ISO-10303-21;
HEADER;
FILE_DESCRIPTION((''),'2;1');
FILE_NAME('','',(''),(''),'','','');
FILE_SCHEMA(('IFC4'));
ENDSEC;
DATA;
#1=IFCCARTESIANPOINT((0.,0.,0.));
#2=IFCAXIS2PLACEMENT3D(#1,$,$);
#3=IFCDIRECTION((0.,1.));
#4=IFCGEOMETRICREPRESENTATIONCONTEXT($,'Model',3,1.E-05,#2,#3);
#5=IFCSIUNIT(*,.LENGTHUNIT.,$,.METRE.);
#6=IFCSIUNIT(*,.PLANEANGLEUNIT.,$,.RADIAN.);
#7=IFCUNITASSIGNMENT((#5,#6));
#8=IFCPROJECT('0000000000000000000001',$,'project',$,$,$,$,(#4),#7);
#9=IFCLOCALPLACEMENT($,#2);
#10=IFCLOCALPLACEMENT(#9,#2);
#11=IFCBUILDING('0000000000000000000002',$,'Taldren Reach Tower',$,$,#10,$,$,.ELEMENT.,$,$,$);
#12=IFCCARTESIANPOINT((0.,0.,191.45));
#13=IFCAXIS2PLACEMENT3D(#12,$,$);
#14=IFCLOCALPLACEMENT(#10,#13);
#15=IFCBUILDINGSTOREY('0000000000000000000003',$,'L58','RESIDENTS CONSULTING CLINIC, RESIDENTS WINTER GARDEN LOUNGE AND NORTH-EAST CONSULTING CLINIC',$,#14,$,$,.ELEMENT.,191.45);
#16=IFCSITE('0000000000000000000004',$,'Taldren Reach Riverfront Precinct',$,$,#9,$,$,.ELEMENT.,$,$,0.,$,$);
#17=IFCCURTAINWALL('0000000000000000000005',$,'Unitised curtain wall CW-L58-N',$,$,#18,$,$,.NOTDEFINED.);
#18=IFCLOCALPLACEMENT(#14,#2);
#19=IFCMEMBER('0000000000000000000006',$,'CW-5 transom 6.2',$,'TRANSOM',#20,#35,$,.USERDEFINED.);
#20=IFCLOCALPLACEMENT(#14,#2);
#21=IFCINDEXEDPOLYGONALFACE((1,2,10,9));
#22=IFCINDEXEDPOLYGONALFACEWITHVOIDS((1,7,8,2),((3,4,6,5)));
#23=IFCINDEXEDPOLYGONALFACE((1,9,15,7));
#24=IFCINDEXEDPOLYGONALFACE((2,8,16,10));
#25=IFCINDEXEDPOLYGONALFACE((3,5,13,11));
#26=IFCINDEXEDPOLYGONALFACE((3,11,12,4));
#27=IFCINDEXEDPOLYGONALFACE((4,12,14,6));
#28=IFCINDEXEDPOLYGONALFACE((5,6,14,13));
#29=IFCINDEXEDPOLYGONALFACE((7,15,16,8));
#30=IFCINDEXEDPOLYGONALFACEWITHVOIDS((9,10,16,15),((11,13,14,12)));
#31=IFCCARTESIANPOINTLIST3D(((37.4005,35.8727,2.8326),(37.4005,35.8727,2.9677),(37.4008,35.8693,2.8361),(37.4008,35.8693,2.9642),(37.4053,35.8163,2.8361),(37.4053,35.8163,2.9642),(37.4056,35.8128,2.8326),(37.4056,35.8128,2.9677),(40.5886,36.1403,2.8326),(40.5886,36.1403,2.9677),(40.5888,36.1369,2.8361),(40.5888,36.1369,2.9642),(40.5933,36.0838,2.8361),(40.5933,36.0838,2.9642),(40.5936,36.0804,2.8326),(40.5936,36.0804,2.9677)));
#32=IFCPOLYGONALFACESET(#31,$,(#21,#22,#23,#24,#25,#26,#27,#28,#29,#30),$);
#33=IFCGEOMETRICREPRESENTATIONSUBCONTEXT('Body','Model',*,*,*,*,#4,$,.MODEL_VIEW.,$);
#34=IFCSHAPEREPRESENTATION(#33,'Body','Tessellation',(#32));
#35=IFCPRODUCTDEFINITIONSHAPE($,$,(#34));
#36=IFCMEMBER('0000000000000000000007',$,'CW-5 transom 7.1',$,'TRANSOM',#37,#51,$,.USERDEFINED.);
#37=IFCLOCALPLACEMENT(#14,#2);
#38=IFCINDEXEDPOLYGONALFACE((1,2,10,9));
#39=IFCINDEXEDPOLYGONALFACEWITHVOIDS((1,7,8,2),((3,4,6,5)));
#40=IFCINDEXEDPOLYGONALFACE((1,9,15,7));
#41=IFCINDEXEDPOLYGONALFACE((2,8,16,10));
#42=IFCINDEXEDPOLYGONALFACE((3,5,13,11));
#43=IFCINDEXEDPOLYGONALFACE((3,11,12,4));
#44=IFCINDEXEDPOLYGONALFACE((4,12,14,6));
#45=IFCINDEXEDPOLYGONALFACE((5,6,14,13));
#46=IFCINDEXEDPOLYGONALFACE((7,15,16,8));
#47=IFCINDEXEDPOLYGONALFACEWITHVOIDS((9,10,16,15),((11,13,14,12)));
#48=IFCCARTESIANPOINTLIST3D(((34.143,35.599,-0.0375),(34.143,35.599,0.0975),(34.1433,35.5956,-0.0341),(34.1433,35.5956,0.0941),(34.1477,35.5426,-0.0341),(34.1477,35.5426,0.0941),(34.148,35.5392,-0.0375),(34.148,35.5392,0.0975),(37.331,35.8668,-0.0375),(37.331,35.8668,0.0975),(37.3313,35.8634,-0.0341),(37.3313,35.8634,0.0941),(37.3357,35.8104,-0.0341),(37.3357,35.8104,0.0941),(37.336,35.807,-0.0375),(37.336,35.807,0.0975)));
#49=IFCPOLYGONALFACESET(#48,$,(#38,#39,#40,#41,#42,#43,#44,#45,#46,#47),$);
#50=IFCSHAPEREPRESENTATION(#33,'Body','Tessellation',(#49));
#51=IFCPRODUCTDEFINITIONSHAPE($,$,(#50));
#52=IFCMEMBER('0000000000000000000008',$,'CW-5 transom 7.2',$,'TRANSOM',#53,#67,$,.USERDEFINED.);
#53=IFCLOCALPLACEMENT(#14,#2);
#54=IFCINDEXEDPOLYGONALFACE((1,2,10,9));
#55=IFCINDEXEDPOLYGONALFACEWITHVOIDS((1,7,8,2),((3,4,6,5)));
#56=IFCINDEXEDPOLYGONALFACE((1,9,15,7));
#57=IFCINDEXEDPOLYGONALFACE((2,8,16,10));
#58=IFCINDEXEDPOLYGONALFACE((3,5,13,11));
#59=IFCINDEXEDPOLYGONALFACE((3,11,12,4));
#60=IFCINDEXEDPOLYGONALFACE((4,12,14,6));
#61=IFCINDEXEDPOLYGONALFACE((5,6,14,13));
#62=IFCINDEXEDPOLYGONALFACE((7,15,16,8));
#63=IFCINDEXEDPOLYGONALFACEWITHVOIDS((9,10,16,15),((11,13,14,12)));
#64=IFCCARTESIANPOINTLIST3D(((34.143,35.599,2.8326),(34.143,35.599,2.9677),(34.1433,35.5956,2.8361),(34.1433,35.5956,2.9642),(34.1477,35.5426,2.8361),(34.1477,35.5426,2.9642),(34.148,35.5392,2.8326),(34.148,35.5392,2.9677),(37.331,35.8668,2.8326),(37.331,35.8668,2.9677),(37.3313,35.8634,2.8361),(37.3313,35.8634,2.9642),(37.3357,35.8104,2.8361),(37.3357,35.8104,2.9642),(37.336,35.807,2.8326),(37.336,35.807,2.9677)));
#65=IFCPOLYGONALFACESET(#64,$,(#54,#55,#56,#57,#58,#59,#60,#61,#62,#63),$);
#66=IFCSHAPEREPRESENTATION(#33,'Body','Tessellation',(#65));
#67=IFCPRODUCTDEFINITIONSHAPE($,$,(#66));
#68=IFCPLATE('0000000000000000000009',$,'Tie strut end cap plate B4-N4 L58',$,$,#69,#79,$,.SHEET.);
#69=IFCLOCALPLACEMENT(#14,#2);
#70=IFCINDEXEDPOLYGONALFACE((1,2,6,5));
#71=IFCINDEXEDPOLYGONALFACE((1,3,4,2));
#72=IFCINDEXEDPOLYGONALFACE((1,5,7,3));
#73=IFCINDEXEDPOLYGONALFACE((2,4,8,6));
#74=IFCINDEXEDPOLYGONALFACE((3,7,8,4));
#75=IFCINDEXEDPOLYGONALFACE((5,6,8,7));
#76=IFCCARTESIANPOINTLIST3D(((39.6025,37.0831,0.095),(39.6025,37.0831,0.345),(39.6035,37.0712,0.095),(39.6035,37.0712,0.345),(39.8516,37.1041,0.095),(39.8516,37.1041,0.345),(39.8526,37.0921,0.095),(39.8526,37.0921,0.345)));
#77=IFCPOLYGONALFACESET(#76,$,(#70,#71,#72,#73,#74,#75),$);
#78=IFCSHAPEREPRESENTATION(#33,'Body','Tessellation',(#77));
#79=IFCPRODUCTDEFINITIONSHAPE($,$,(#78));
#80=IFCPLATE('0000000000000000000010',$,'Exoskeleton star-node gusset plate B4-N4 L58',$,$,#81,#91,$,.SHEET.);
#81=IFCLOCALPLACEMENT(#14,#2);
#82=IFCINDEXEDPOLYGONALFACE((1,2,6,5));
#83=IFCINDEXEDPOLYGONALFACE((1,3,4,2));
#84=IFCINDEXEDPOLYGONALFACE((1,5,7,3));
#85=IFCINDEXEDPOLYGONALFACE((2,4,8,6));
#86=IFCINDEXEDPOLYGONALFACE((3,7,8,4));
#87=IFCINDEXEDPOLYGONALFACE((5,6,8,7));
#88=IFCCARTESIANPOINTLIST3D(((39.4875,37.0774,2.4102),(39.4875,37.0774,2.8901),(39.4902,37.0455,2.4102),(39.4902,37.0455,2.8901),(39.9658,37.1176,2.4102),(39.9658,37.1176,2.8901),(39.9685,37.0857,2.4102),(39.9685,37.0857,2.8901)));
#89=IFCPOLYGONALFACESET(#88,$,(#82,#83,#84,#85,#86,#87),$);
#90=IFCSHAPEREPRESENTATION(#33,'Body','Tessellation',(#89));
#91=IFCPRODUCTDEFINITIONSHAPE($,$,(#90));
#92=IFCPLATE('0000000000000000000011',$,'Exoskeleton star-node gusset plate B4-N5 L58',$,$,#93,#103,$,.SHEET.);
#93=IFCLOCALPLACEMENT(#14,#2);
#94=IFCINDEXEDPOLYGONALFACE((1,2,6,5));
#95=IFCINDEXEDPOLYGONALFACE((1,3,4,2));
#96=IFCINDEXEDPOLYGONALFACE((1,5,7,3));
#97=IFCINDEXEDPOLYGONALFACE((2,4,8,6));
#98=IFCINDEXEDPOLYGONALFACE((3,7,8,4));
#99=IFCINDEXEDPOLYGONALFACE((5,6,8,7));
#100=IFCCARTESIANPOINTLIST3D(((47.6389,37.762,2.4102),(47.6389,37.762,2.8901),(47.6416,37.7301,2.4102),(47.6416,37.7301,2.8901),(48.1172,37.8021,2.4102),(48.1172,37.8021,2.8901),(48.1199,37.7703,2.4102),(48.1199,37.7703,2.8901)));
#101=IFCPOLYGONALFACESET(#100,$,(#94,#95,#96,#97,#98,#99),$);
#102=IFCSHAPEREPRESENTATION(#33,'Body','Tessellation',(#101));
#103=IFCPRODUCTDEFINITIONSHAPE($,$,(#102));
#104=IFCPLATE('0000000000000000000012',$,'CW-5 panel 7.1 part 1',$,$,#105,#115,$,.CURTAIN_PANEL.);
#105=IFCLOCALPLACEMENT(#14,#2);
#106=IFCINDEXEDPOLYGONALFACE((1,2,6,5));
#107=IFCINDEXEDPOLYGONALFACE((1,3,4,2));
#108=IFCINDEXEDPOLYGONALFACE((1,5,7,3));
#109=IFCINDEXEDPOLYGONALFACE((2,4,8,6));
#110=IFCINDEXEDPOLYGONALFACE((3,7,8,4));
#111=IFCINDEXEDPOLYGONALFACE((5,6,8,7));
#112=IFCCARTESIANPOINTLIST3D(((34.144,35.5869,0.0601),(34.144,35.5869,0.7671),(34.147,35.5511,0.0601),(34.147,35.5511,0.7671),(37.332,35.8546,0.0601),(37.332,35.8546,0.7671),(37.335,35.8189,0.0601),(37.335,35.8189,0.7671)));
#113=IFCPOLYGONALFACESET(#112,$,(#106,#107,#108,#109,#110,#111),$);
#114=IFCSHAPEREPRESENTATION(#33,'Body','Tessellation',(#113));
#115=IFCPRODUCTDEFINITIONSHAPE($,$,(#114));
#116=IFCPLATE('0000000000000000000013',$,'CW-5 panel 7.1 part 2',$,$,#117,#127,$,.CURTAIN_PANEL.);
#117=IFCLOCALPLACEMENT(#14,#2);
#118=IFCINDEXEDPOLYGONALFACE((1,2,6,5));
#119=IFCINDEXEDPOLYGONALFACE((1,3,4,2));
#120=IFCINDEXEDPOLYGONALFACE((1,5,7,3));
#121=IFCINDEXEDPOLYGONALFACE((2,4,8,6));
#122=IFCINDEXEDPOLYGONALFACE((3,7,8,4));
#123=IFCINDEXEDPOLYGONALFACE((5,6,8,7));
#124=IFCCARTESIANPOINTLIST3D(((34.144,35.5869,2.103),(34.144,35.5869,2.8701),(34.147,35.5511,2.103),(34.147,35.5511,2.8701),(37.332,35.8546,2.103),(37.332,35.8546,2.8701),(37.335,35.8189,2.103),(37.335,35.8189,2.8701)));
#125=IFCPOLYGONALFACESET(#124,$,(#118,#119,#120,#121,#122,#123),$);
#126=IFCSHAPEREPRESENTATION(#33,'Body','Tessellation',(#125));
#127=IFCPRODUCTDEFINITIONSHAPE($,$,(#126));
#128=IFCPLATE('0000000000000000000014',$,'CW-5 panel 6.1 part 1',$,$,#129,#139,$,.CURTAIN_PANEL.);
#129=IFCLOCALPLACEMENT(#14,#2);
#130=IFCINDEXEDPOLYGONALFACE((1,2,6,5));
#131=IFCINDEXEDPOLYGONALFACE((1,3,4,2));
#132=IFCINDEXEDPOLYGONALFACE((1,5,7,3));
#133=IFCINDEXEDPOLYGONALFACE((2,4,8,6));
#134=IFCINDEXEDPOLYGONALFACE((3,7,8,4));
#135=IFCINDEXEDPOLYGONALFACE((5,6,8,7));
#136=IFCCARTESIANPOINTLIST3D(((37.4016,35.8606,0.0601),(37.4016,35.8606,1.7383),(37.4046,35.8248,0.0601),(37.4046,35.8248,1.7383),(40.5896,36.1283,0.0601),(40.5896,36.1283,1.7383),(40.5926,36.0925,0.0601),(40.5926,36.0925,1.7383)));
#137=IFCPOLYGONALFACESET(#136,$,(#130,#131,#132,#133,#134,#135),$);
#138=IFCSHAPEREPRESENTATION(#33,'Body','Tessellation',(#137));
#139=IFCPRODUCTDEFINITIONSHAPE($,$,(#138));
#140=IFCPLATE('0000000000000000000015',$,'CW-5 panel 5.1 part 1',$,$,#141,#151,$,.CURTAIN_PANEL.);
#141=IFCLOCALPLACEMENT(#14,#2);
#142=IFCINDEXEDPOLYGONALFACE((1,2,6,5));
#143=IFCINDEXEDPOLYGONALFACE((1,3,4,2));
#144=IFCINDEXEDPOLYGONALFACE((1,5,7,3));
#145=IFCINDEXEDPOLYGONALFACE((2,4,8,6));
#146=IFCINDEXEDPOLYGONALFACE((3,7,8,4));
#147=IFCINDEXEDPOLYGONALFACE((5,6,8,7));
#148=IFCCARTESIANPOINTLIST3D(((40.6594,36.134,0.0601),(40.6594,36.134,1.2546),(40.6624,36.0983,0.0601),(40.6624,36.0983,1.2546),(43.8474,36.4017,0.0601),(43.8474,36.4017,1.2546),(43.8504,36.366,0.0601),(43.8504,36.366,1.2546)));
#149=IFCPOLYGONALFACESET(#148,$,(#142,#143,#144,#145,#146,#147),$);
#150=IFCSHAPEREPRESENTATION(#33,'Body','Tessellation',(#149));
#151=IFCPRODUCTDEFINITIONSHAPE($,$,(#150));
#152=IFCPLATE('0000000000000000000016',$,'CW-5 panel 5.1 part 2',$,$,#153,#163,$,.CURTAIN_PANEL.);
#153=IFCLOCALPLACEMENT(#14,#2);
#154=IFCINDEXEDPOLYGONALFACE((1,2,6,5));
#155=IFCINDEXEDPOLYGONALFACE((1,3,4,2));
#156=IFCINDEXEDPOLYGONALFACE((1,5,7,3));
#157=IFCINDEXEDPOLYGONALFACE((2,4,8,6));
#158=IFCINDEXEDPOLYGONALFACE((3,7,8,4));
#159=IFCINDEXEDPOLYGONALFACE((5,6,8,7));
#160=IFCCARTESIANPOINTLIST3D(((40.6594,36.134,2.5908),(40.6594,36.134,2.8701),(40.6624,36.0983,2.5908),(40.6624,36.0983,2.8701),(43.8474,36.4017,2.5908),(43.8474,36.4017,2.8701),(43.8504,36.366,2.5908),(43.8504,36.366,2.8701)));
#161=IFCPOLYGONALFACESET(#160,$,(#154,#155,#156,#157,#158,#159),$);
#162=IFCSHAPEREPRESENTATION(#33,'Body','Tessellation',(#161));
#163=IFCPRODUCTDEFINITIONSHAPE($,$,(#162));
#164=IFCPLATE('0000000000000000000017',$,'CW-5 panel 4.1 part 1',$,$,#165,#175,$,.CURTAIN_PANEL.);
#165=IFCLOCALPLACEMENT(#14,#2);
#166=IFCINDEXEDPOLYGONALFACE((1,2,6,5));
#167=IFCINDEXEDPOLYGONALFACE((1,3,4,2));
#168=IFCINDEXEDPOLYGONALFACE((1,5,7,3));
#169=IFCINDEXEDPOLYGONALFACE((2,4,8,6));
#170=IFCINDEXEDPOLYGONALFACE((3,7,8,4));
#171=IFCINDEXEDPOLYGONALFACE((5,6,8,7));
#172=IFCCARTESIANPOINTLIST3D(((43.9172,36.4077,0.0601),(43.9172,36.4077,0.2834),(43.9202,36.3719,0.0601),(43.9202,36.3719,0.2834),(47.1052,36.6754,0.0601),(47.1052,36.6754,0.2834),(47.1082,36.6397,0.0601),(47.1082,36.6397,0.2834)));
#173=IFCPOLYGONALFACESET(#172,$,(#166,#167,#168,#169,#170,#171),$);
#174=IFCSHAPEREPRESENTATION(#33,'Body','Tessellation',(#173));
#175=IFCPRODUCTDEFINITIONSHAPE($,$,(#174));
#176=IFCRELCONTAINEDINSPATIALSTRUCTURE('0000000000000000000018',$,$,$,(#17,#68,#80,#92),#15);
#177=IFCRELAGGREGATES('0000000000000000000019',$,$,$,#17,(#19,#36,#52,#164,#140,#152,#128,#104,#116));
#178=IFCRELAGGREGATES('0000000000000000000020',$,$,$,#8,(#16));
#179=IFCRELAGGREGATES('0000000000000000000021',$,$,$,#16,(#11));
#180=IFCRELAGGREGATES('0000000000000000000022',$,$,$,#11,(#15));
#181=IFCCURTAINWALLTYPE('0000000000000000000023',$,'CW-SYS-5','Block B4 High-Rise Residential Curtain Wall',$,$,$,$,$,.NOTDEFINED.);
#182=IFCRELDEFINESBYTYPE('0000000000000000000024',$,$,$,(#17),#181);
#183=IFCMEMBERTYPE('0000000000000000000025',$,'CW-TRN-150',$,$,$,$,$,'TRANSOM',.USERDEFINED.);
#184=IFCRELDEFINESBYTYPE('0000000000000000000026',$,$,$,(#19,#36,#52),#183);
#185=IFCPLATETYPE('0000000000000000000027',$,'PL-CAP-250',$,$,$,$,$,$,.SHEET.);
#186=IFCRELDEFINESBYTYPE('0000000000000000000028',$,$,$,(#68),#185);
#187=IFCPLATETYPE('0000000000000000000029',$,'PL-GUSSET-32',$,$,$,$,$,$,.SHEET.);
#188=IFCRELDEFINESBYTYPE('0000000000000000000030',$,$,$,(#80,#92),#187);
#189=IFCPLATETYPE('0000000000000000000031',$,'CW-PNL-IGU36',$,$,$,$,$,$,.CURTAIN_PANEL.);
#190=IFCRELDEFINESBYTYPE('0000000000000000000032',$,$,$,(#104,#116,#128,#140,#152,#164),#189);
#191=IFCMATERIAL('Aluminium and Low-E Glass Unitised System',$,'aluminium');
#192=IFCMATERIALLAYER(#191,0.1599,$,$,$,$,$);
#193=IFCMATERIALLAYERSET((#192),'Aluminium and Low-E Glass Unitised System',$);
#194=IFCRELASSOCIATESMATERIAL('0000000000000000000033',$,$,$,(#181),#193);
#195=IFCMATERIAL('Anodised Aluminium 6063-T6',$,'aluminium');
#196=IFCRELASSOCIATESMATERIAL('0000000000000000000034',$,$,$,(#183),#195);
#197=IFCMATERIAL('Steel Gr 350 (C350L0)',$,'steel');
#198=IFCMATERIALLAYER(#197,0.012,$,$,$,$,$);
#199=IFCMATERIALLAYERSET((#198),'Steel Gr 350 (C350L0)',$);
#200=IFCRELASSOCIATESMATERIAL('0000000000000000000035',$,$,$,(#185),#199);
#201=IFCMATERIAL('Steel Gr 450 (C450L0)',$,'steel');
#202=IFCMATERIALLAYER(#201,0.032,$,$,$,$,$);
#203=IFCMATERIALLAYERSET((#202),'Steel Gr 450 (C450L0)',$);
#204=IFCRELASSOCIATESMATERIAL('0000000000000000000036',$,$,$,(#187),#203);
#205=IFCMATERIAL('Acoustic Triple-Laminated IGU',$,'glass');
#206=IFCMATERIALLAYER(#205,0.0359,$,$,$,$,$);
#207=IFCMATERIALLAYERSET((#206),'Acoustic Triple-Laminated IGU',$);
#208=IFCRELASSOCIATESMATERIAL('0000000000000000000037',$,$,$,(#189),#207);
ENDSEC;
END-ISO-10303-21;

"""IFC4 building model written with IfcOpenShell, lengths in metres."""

from ifc_helpers import new_model, si_unit, direction, frame, origin, origin_2d, place, context, subcontext, project, spatial, rectangle, hollow_rectangle, extrude, source, transform, mapped, material, layer, layer_set, material_profile, profile_set, type_object, element, aggregate, save


model = new_model("IFC4")

# Units and contexts
model_context = context("Model", 3, precision=1e-05, world=origin(), true_north=direction((0.0, 1.0)))
body_context = subcontext(model_context, "Body", "Model", "MODEL_VIEW")
ifc_project = project(units=[si_unit("LENGTHUNIT", "METRE"), si_unit("PLANEANGLEUNIT", "RADIAN")], contexts=[model_context])

# Site, building, storey
site_placement = place(None, origin())
site = spatial("IfcSite", under=ifc_project, at=site_placement, Name="Taldren Reach Riverfront Precinct", CompositionType="ELEMENT", RefElevation=0.0)
building_placement = place(site_placement, origin())
building = spatial("IfcBuilding", under=site, at=building_placement, Name="Taldren Reach Tower", CompositionType="ELEMENT")
storey_placement = place(building_placement, frame((0.0, 0.0, 191.45)))
storey = spatial("IfcBuildingStorey", under=building, at=storey_placement, Name="L58", Description="RESIDENTS CONSULTING CLINIC, RESIDENTS WINTER GARDEN LOUNGE AND NORTH-EAST CONSULTING CLINIC", CompositionType="ELEMENT", Elevation=191.45)

# Shared definitions
ifc_material_1 = material(Name="Steel Gr 350 (C350L0)", Category="steel")

# Shared definitions
ifc_material_2 = material(Name="Steel Gr 450 (C450L0)", Category="steel")

# Curtain wall, members
ifc_material_3 = material(Name="Aluminium and Low-E Glass Unitised System", Category="aluminium")
ifc_layer_1 = layer(ifc_material_3, 0.1599)
ifc_layer_set_1 = layer_set([ifc_layer_1], Name="Aluminium and Low-E Glass Unitised System")
curtain_wall_type = type_object("IfcCurtainWallType", Name="CW-SYS-5", Description="Block B4 High-Rise Residential Curtain Wall", PredefinedType="NOTDEFINED", material=ifc_layer_set_1)
curtain_wall_placement = place(storey_placement, origin())
curtain_wall = element("IfcCurtainWall", 1, at=curtain_wall_placement, inside=storey, type_object=curtain_wall_type, Name="Unitised curtain wall CW-L58-N", PredefinedType="NOTDEFINED")
ifc_material_4 = material(Name="Anodised Aluminium 6063-T6", Category="aluminium")
ifc_material_profile_1 = material_profile(ifc_material_4, hollow_rectangle(XDim=0.0601, YDim=0.135, WallThickness=0.0034, at=origin_2d()), Name="ALU-135x60x3.5RHS")
ifc_profile_set_1 = profile_set([ifc_material_profile_1], Name="Anodised Aluminium 6063-T6")
member_type_1 = type_object("IfcMemberType", Name="CW-TRN-150", ElementType="TRANSOM", PredefinedType="USERDEFINED", material=ifc_profile_set_1)
shared_shape_1 = source(origin(), body_context, "Body", "SweptSolid", [
    extrude(hollow_rectangle(XDim=0.0601, YDim=0.135, WallThickness=0.0034, at=origin_2d()), origin(), (0.0, 0.0, 1.0), 3.1992),
])
member_1_placement = place(storey_placement, frame((40.5911, 36.1104, 2.9001), z_axis=(-0.996496, -0.083639, 0.0), x_axis=(0.083639, -0.996496, 0.0)))
member_1 = element("IfcMember", 2, at=member_1_placement, type_object=member_type_1, Name="CW-5 transom 6.2", ObjectType="TRANSOM", PredefinedType="USERDEFINED", context=body_context, shape_type="MappedRepresentation", body=[
    mapped(shared_shape_1, transform((0.0, 0.0, 0.0), scale=1.0)),
])
member_2_placement = place(storey_placement, frame((37.3335, 35.8369, 0.03), z_axis=(-0.99649, -0.083715, 0.0), x_axis=(0.083715, -0.99649, 0.0)))
member_2 = element("IfcMember", 3, at=member_2_placement, type_object=member_type_1, Name="CW-5 transom 7.1", ObjectType="TRANSOM", PredefinedType="USERDEFINED", context=body_context, shape_type="MappedRepresentation", body=[
    mapped(shared_shape_1, transform((0.0, 0.0, 0.0), scale=1.0)),
])
member_3_placement = place(storey_placement, frame((37.3335, 35.8369, 2.9001), z_axis=(-0.99649, -0.083715, 0.0), x_axis=(0.083715, -0.99649, 0.0)))
member_3 = element("IfcMember", 4, at=member_3_placement, type_object=member_type_1, Name="CW-5 transom 7.2", ObjectType="TRANSOM", PredefinedType="USERDEFINED", context=body_context, shape_type="MappedRepresentation", body=[
    mapped(shared_shape_1, transform((0.0, 0.0, 0.0), scale=1.0)),
])

# Plates
ifc_layer_2 = layer(ifc_material_1, 0.012)
ifc_layer_set_2 = layer_set([ifc_layer_2], Name="Steel Gr 350 (C350L0)")
plate_type_1 = type_object("IfcPlateType", Name="PL-CAP-250", PredefinedType="SHEET", material=ifc_layer_set_2)
shared_shape_2 = source(origin(), body_context, "Body", "SweptSolid", [
    extrude(rectangle(XDim=0.25, YDim=0.012, at=origin_2d()), origin(), (0.0, 0.0, 1.0), 0.25),
])
plate_1_placement = place(storey_placement, frame((39.7275, 37.0876, 0.095), z_axis=(0.0, 0.0, 1.0), x_axis=(0.996493, 0.083678, 0.0)))
element("IfcPlate", 5, at=plate_1_placement, inside=storey, type_object=plate_type_1, Name="Tie strut end cap plate B4-N4 L58", PredefinedType="SHEET", context=body_context, shape_type="MappedRepresentation", body=[
    mapped(shared_shape_2, transform((0.0, 0.0, 0.0), scale=1.0)),
])
ifc_layer_3 = layer(ifc_material_2, 0.032)
ifc_layer_set_3 = layer_set([ifc_layer_3], Name="Steel Gr 450 (C450L0)")
plate_type_2 = type_object("IfcPlateType", Name="PL-GUSSET-32", PredefinedType="SHEET", material=ifc_layer_set_3)
shared_shape_3 = source(origin(), body_context, "Body", "SweptSolid", [
    extrude(rectangle(XDim=0.48, YDim=0.032, at=origin_2d()), origin(), (0.0, 0.0, 1.0), 0.48),
])
for number, where, z_axis, x_axis, name in (
    (6, (39.728, 37.0815, 2.4102), (0.0, 0.0, 1.0), (0.996493, 0.083678, 0.0), "Exoskeleton star-node gusset plate B4-N4 L58"),
    (7, (47.8794, 37.7661, 2.4102), (0.0, 0.0, 1.0), (0.996493, 0.083678, 0.0), "Exoskeleton star-node gusset plate B4-N5 L58"),
):
    element("IfcPlate", number, at=place(storey_placement, frame(where, z_axis=z_axis, x_axis=x_axis)), inside=storey, type_object=plate_type_2, Name=name, PredefinedType="SHEET", context=body_context, shape_type="MappedRepresentation", body=[
        mapped(shared_shape_3, transform((0.0, 0.0, 0.0), scale=1.0)),
    ])

# Plates
ifc_material_5 = material(Name="Acoustic Triple-Laminated IGU", Category="glass")
ifc_layer_4 = layer(ifc_material_5, 0.0359)
ifc_layer_set_4 = layer_set([ifc_layer_4], Name="Acoustic Triple-Laminated IGU")
plate_type_3 = type_object("IfcPlateType", Name="CW-PNL-IGU36", PredefinedType="CURTAIN_PANEL", material=ifc_layer_set_4)
shared_shape_4 = source(origin(), body_context, "Body", "SweptSolid", [
    extrude(rectangle(XDim=3.1992, YDim=0.0359, at=origin_2d()), origin(), (0.0, 0.0, 1.0), 0.707),
])
plate_2_placement = place(storey_placement, frame((35.7395, 35.7029, 0.0601), z_axis=(0.0, 0.0, 1.0), x_axis=(-0.996493, -0.083678, 0.0)))
plate_2 = element("IfcPlate", 8, at=plate_2_placement, type_object=plate_type_3, Name="CW-5 panel 7.1 part 1", PredefinedType="CURTAIN_PANEL", context=body_context, shape_type="MappedRepresentation", body=[
    mapped(shared_shape_4, transform((0.0, 0.0, 0.0), scale=1.0)),
])
shared_shape_5 = source(origin(), body_context, "Body", "SweptSolid", [
    extrude(rectangle(XDim=3.1992, YDim=0.0359, at=origin_2d()), origin(), (0.0, 0.0, 1.0), 0.7671),
])
plate_3_placement = place(storey_placement, frame((35.7395, 35.7029, 2.103), z_axis=(0.0, 0.0, 1.0), x_axis=(-0.996493, -0.083678, 0.0)))
plate_3 = element("IfcPlate", 9, at=plate_3_placement, type_object=plate_type_3, Name="CW-5 panel 7.1 part 2", PredefinedType="CURTAIN_PANEL", context=body_context, shape_type="MappedRepresentation", body=[
    mapped(shared_shape_5, transform((0.0, 0.0, 0.0), scale=1.0)),
])
shared_shape_6 = source(origin(), body_context, "Body", "SweptSolid", [
    extrude(rectangle(XDim=3.1992, YDim=0.0359, at=origin_2d()), origin(), (0.0, 0.0, 1.0), 1.6782),
])
plate_4_placement = place(storey_placement, frame((38.9971, 35.9766, 0.0601), z_axis=(0.0, 0.0, 1.0), x_axis=(-0.996493, -0.083678, 0.0)))
plate_4 = element("IfcPlate", 10, at=plate_4_placement, type_object=plate_type_3, Name="CW-5 panel 6.1 part 1", PredefinedType="CURTAIN_PANEL", context=body_context, shape_type="MappedRepresentation", body=[
    mapped(shared_shape_6, transform((0.0, 0.0, 0.0), scale=1.0)),
])
shared_shape_7 = source(origin(), body_context, "Body", "SweptSolid", [
    extrude(rectangle(XDim=3.1992, YDim=0.0359, at=origin_2d()), origin(), (0.0, 0.0, 1.0), 1.1946),
])
plate_5_placement = place(storey_placement, frame((42.2549, 36.25, 0.0601), z_axis=(0.0, 0.0, 1.0), x_axis=(-0.996493, -0.083678, 0.0)))
plate_5 = element("IfcPlate", 11, at=plate_5_placement, type_object=plate_type_3, Name="CW-5 panel 5.1 part 1", PredefinedType="CURTAIN_PANEL", context=body_context, shape_type="MappedRepresentation", body=[
    mapped(shared_shape_7, transform((0.0, 0.0, 0.0), scale=1.0)),
])
shared_shape_8 = source(origin(), body_context, "Body", "SweptSolid", [
    extrude(rectangle(XDim=3.1992, YDim=0.0359, at=origin_2d()), origin(), (0.0, 0.0, 1.0), 0.2793),
])
plate_6_placement = place(storey_placement, frame((42.2549, 36.25, 2.5908), z_axis=(0.0, 0.0, 1.0), x_axis=(-0.996493, -0.083678, 0.0)))
plate_6 = element("IfcPlate", 12, at=plate_6_placement, type_object=plate_type_3, Name="CW-5 panel 5.1 part 2", PredefinedType="CURTAIN_PANEL", context=body_context, shape_type="MappedRepresentation", body=[
    mapped(shared_shape_8, transform((0.0, 0.0, 0.0), scale=1.0)),
])
shared_shape_9 = source(origin(), body_context, "Body", "SweptSolid", [
    extrude(rectangle(XDim=3.1992, YDim=0.0359, at=origin_2d()), origin(), (0.0, 0.0, 1.0), 0.2234),
])
plate_7_placement = place(storey_placement, frame((45.5127, 36.5237, 0.0601), z_axis=(0.0, 0.0, 1.0), x_axis=(-0.996493, -0.083678, 0.0)))
plate_7 = element("IfcPlate", 13, at=plate_7_placement, type_object=plate_type_3, Name="CW-5 panel 4.1 part 1", PredefinedType="CURTAIN_PANEL", context=body_context, shape_type="MappedRepresentation", body=[
    mapped(shared_shape_9, transform((0.0, 0.0, 0.0), scale=1.0)),
])
aggregate(curtain_wall, [member_1, member_2, member_3, plate_7, plate_5, plate_6, plate_4, plate_2, plate_3])

save(model, "model.ifc")
